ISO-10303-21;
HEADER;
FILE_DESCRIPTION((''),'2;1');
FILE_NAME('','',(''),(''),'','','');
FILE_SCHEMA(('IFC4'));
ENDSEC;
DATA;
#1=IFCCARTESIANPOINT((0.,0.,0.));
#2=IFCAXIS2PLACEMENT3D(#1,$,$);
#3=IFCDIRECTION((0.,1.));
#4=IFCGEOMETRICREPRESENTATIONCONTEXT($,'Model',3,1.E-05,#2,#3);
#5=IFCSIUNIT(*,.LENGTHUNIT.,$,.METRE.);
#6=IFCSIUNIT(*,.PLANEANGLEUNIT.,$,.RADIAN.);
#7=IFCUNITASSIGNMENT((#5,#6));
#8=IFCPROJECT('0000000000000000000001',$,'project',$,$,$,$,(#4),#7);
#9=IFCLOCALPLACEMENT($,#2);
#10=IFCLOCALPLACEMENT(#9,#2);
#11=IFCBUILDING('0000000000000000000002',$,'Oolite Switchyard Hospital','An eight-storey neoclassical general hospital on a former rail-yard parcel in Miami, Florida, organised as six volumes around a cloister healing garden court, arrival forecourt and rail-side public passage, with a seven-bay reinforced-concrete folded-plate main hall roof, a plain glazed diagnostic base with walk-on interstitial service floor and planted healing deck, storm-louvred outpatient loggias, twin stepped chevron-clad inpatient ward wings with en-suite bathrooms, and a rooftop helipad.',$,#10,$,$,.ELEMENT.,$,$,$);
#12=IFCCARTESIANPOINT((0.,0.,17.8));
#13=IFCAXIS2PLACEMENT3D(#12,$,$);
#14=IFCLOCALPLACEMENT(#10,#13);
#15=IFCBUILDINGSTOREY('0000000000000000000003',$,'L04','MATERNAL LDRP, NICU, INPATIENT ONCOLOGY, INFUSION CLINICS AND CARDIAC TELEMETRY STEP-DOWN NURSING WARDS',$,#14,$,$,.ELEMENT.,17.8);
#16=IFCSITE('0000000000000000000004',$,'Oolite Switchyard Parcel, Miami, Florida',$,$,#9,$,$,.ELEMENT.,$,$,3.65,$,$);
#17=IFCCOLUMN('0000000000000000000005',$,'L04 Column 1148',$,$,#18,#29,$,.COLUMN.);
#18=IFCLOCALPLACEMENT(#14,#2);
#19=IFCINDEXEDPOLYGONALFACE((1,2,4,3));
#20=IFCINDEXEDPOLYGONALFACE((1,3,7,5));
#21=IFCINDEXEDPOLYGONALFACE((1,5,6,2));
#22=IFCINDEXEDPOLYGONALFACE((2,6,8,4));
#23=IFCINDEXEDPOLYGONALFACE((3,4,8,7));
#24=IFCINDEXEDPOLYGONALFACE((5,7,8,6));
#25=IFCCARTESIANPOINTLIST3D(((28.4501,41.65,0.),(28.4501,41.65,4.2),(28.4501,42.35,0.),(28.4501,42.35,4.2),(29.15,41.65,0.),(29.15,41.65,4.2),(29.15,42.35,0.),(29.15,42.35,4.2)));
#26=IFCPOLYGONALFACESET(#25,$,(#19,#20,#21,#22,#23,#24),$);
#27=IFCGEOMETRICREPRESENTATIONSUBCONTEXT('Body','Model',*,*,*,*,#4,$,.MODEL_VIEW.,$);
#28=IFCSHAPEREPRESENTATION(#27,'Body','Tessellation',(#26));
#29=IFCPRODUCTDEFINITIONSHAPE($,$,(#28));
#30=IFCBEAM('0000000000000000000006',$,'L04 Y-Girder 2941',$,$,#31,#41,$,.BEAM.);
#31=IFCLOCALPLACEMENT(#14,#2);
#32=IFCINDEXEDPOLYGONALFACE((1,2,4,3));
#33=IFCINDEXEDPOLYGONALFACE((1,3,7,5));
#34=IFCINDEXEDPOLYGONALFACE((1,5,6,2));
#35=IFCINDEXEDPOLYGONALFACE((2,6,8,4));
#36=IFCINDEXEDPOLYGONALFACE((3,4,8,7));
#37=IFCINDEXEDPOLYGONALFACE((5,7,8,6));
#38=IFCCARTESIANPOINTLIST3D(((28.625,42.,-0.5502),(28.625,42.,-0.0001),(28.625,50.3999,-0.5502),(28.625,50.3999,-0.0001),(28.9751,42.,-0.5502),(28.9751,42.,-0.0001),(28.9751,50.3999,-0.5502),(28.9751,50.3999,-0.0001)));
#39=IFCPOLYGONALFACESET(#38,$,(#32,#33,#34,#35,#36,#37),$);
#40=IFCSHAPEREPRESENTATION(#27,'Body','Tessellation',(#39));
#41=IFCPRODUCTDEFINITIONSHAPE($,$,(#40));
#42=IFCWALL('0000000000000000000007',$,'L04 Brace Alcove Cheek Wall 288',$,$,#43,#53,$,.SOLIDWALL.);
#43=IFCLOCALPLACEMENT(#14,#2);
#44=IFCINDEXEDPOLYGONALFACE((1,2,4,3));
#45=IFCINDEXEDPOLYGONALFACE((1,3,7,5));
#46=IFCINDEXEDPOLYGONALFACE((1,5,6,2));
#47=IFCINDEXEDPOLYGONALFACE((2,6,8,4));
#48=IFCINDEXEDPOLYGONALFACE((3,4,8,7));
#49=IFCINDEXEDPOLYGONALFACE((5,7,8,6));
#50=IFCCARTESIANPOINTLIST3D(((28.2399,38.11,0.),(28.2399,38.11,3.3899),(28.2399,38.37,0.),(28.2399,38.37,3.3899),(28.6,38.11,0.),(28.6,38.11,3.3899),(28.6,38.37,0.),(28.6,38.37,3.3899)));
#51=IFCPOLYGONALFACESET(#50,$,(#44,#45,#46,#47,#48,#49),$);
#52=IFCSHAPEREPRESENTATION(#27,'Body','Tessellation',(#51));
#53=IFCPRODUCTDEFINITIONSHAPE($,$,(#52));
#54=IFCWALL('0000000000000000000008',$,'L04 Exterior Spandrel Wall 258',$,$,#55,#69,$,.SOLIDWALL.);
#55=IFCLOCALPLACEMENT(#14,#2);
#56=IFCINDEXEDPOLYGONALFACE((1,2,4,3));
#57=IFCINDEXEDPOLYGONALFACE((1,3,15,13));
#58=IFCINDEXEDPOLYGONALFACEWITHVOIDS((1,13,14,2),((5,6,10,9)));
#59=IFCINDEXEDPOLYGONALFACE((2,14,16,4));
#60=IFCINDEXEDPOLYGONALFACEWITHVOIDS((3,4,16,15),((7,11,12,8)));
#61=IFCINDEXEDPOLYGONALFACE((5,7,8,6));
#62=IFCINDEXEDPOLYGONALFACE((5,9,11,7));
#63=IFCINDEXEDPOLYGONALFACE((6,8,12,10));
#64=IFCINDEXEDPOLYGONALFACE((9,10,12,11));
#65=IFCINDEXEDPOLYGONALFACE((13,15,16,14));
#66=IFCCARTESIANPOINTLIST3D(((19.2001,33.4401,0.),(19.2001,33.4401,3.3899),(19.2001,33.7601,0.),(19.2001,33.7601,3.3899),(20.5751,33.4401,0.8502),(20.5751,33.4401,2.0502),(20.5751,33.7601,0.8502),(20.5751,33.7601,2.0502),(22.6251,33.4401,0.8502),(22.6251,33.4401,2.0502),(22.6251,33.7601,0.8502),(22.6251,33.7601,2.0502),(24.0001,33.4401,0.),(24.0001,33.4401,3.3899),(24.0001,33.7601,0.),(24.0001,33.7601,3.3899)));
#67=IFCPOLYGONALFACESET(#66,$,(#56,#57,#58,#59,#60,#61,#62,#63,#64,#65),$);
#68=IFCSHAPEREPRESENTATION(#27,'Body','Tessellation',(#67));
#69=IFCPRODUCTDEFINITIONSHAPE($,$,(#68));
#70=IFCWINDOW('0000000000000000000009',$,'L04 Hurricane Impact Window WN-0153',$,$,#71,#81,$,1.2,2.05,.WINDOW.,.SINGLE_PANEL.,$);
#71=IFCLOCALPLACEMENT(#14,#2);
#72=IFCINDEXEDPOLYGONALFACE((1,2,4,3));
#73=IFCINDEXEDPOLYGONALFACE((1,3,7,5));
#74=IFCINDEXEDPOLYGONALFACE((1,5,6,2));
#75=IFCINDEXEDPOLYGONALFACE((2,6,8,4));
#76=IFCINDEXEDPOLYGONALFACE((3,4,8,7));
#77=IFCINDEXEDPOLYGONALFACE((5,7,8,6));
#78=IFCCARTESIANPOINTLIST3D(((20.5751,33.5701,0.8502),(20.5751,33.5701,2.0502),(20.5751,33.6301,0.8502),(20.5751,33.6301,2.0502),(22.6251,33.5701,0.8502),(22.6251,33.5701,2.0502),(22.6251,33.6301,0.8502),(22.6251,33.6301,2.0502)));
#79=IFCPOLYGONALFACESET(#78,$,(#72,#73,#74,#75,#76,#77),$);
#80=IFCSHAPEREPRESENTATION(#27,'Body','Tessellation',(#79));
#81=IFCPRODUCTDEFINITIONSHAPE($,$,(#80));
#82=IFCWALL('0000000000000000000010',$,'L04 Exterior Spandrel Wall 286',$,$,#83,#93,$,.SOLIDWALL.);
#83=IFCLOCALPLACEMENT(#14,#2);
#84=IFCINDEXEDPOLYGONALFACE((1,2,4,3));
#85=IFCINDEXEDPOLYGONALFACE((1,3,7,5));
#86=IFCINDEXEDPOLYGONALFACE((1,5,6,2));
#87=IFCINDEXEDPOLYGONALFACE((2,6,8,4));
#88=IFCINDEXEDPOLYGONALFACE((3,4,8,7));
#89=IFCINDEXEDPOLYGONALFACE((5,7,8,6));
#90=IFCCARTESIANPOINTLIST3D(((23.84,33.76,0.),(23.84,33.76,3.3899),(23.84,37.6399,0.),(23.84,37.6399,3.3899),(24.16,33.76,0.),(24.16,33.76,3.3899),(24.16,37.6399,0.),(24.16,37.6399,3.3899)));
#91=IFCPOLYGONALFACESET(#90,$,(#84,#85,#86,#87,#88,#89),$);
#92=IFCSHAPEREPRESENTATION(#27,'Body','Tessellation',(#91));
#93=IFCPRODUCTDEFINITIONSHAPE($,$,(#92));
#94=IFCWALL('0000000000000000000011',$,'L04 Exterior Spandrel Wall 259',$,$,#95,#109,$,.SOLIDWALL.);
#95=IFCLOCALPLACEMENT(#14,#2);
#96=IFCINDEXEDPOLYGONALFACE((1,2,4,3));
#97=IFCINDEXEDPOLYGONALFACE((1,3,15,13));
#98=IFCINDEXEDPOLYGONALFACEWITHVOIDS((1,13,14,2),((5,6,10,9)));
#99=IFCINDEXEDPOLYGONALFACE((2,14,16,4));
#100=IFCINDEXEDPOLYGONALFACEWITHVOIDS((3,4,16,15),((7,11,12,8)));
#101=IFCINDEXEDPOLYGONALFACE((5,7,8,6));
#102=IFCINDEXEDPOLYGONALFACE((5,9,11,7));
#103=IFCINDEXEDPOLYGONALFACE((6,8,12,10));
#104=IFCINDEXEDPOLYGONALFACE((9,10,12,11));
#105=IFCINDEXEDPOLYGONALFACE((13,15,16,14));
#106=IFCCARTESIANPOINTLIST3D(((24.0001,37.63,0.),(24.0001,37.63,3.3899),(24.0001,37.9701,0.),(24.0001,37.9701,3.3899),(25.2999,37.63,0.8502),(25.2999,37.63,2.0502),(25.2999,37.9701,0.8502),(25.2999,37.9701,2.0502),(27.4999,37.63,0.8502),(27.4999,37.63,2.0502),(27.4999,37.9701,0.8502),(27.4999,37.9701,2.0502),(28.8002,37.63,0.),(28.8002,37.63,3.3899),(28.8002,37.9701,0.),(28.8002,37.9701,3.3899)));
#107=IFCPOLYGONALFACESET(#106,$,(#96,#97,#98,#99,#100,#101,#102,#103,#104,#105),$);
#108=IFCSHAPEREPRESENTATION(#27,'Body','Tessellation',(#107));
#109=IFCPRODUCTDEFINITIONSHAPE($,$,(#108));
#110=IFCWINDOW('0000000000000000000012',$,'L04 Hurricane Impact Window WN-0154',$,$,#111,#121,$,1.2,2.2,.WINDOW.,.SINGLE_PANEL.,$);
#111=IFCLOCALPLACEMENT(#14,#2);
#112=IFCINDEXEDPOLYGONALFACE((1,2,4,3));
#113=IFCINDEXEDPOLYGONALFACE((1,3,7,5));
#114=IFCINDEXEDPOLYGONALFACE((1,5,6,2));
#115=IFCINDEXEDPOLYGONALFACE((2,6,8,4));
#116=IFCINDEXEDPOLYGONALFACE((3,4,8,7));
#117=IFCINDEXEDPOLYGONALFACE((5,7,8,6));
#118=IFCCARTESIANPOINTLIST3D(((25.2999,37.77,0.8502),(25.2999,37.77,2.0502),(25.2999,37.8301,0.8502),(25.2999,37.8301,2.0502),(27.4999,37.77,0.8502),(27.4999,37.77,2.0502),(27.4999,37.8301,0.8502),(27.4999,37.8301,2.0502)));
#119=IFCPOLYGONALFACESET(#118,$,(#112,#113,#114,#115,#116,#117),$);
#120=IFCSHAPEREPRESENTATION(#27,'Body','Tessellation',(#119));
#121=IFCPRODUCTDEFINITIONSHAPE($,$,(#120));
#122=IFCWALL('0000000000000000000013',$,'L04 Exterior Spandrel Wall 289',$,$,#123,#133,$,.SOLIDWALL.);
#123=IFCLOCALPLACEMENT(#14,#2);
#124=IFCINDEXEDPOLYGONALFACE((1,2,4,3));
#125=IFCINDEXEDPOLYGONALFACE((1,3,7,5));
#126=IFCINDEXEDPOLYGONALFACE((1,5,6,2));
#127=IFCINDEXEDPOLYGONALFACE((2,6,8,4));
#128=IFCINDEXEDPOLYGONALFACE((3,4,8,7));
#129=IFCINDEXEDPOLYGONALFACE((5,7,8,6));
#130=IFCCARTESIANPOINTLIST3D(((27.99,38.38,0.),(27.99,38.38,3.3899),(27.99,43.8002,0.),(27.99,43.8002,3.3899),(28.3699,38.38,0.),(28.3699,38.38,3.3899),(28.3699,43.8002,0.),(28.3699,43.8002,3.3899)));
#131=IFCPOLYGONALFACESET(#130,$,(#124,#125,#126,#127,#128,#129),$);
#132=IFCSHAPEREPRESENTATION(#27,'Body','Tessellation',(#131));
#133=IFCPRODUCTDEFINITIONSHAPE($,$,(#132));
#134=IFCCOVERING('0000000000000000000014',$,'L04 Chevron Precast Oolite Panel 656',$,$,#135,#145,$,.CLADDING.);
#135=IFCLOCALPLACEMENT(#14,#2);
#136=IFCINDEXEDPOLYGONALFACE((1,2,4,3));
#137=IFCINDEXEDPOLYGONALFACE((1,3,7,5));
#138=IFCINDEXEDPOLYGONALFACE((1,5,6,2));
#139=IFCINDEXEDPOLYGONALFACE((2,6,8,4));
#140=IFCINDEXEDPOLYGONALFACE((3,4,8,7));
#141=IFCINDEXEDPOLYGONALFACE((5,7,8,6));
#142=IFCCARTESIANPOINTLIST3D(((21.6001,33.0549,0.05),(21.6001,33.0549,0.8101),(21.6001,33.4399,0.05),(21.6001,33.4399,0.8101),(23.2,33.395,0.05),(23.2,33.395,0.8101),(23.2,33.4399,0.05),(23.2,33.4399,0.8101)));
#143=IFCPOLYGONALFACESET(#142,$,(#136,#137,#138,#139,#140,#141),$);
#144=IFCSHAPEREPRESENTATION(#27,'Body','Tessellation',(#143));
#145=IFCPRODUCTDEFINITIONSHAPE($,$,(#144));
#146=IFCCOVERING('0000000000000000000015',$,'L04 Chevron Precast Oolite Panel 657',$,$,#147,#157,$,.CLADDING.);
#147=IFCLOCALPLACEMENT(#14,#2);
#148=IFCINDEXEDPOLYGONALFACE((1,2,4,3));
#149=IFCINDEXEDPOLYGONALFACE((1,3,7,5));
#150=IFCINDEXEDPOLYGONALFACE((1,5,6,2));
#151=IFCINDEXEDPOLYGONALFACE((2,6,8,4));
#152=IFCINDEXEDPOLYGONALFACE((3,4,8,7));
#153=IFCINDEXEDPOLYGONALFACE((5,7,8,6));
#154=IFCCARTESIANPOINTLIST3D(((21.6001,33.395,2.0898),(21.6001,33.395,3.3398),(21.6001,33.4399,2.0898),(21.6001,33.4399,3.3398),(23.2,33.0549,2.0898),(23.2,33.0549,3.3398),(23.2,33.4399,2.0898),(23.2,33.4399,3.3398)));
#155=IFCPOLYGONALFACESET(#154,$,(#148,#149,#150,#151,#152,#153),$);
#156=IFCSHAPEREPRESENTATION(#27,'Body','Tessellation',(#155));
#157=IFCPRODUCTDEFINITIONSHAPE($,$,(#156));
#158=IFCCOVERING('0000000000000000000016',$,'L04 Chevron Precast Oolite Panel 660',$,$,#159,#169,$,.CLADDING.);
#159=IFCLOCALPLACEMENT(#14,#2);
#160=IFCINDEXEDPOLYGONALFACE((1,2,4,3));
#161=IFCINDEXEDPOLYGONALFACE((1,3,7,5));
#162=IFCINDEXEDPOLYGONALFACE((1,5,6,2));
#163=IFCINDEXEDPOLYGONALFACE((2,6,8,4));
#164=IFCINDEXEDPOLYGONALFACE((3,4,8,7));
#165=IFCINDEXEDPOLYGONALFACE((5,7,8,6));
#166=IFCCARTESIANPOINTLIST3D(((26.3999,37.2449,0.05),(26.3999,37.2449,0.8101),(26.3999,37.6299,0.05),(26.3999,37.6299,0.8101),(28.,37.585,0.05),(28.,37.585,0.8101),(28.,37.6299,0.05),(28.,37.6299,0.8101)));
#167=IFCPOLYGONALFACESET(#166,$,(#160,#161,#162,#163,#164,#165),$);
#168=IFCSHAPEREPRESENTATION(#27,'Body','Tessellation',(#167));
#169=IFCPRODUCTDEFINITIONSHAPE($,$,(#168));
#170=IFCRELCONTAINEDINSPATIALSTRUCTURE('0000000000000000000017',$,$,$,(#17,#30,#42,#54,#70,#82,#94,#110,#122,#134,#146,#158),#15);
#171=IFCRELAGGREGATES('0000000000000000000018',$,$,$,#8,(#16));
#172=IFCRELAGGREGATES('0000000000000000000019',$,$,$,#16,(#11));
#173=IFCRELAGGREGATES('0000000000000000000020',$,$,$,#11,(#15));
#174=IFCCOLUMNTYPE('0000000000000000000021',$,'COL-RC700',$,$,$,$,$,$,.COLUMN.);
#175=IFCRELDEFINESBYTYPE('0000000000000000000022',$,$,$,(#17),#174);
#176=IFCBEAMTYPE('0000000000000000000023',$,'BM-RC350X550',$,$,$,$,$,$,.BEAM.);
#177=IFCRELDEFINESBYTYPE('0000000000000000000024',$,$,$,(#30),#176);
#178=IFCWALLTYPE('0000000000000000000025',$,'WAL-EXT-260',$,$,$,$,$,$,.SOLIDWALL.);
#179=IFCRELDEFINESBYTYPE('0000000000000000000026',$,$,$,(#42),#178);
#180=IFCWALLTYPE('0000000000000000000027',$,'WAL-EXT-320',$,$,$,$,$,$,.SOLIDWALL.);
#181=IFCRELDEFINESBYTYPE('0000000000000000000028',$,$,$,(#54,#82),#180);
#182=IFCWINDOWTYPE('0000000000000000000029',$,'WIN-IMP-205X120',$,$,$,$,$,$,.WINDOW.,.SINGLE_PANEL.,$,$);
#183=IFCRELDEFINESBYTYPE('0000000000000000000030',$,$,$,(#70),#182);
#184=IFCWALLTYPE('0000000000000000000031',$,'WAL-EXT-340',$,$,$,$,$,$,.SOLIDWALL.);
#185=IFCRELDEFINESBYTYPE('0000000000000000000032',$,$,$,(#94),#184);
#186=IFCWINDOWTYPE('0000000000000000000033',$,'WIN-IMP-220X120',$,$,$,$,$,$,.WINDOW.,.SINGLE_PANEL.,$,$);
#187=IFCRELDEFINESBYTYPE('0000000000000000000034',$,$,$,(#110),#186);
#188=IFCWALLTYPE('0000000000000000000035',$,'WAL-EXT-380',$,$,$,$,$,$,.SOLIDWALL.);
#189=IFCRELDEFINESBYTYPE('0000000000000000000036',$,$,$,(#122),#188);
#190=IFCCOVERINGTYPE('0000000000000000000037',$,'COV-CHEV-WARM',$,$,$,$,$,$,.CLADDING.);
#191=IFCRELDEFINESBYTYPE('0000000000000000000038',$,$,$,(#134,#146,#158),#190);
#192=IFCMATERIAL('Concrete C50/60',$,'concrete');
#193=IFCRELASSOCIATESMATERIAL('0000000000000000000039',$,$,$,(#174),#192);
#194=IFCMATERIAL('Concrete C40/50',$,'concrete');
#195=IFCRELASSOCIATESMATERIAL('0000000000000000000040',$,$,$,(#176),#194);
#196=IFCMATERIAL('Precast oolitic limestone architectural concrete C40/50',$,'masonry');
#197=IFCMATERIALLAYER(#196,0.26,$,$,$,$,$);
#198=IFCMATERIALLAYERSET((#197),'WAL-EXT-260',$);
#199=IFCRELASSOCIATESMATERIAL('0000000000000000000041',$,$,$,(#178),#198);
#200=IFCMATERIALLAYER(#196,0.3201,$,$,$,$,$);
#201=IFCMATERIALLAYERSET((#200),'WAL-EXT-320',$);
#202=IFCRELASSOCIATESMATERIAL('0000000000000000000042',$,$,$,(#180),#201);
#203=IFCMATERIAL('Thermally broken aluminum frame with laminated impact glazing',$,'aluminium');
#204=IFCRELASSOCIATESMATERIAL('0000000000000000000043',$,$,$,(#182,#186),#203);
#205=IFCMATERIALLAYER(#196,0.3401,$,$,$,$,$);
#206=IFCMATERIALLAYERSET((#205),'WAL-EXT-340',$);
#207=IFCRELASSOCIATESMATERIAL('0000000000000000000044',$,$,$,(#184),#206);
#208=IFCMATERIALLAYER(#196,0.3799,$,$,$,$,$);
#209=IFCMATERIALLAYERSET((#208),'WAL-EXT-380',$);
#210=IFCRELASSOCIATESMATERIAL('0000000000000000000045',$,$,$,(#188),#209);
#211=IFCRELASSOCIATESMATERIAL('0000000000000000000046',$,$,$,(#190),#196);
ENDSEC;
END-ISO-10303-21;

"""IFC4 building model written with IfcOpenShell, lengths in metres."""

from ifc_helpers import new_model, si_unit, direction, frame, frame_2d, origin, origin_2d, place, context, subcontext, project, spatial, polyline, rectangle, outline, extrude, material, layer, layer_set, material_profile, profile_set, type_object, element, fill, save


model = new_model("IFC4")

# Units and contexts
model_context = context("Model", 3, precision=1e-05, world=origin(), true_north=direction((0.0, 1.0)))
body_context = subcontext(model_context, "Body", "Model", "MODEL_VIEW")
ifc_project = project(units=[si_unit("LENGTHUNIT", "METRE"), si_unit("PLANEANGLEUNIT", "RADIAN")], contexts=[model_context])

# Site, building, storey
site_placement = place(None, origin())
site = spatial("IfcSite", under=ifc_project, at=site_placement, Name="Oolite Switchyard Parcel, Miami, Florida", CompositionType="ELEMENT", RefElevation=3.65)
building_placement = place(site_placement, origin())
building = spatial("IfcBuilding", under=site, at=building_placement, Name="Oolite Switchyard Hospital", Description="An eight-storey neoclassical general hospital on a former rail-yard parcel in Miami, Florida, organised as six volumes around a cloister healing garden court, arrival forecourt and rail-side public passage, with a seven-bay reinforced-concrete folded-plate main hall roof, a plain glazed diagnostic base with walk-on interstitial service floor and planted healing deck, storm-louvred outpatient loggias, twin stepped chevron-clad inpatient ward wings with en-suite bathrooms, and a rooftop helipad.", CompositionType="ELEMENT")
storey_placement = place(building_placement, frame((0.0, 0.0, 17.8)))
storey = spatial("IfcBuildingStorey", under=building, at=storey_placement, Name="L04", Description="MATERNAL LDRP, NICU, INPATIENT ONCOLOGY, INFUSION CLINICS AND CARDIAC TELEMETRY STEP-DOWN NURSING WARDS", CompositionType="ELEMENT", Elevation=17.8)

# Column
ifc_material_1 = material(Name="Concrete C50/60", Category="concrete")
ifc_material_profile_1 = material_profile(ifc_material_1, rectangle(XDim=0.7, YDim=0.7, at=origin_2d()), Name="RC700X700")
ifc_profile_set_1 = profile_set([ifc_material_profile_1], Name="Concrete C50/60")
column_type = type_object("IfcColumnType", Name="COL-RC700", PredefinedType="COLUMN", material=ifc_profile_set_1)
column_placement = place(storey_placement, frame((28.8, 42.0, 0.0), z_axis=(0.0, 0.0, 1.0), x_axis=(1.0, 0.0, 0.0)))
element("IfcColumn", 1, at=column_placement, inside=storey, type_object=column_type, Name="L04 Column 1148", PredefinedType="COLUMN", context=body_context, shape_type="SweptSolid", body=[
    extrude(rectangle(XDim=0.7, YDim=0.7, at=origin_2d()), origin(), (0.0, 0.0, 1.0), 4.2),
])

# Beam
ifc_material_2 = material(Name="Concrete C40/50", Category="concrete")
ifc_material_profile_2 = material_profile(ifc_material_2, rectangle(XDim=0.3501, YDim=0.55, at=origin_2d()), Name="RCB350X550")
ifc_profile_set_2 = profile_set([ifc_material_profile_2], Name="Concrete C40/50")
beam_type = type_object("IfcBeamType", Name="BM-RC350X550", PredefinedType="BEAM", material=ifc_profile_set_2)
beam_placement = place(storey_placement, frame((28.8, 42.0, -0.2751), z_axis=(0.0, 1.0, 0.0), x_axis=(-1.0, 0.0, 0.0)))
element("IfcBeam", 2, at=beam_placement, inside=storey, type_object=beam_type, Name="L04 Y-Girder 2941", PredefinedType="BEAM", context=body_context, shape_type="SweptSolid", body=[
    extrude(rectangle(XDim=0.3501, YDim=0.55, at=origin_2d()), origin(), (0.0, 0.0, 1.0), 8.3999),
])

# Wall
ifc_material_3 = material(Name="Precast oolitic limestone architectural concrete C40/50", Category="masonry")
ifc_layer_1 = layer(ifc_material_3, 0.26)
ifc_layer_set_1 = layer_set([ifc_layer_1], Name="WAL-EXT-260")
wall_type_1 = type_object("IfcWallType", Name="WAL-EXT-260", PredefinedType="SOLIDWALL", material=ifc_layer_set_1)
wall_1_placement = place(storey_placement, frame((28.6001, 38.24, 0.0), z_axis=(0.0, 0.0, 1.0), x_axis=(-1.0, 0.0, 0.0)))
element("IfcWall", 3, at=wall_1_placement, inside=storey, type_object=wall_type_1, Name="L04 Brace Alcove Cheek Wall 288", PredefinedType="SOLIDWALL", context=body_context, shape_type="SweptSolid", body=[
    extrude(rectangle(XDim=0.3601, YDim=0.26, at=frame_2d((0.1802, 0.0))), origin(), (0.0, 0.0, 1.0), 3.3899),
])

# Wall, opening, window
ifc_layer_2 = layer(ifc_material_3, 0.3201)
ifc_layer_set_2 = layer_set([ifc_layer_2], Name="WAL-EXT-320")
wall_type_2 = type_object("IfcWallType", Name="WAL-EXT-320", PredefinedType="SOLIDWALL", material=ifc_layer_set_2)
wall_2_placement = place(storey_placement, frame((24.0, 33.6001, 0.0), z_axis=(0.0, 0.0, 1.0), x_axis=(-1.0, 0.0, 0.0)))
wall_2 = element("IfcWall", 4, at=wall_2_placement, inside=storey, type_object=wall_type_2, Name="L04 Exterior Spandrel Wall 258", PredefinedType="SOLIDWALL", context=body_context, shape_type="SweptSolid", body=[
    extrude(rectangle(XDim=4.8, YDim=0.3201, at=frame_2d((2.3999, 0.0))), origin(), (0.0, 0.0, 1.0), 3.3899),
])
opening_1_placement = place(wall_2_placement, frame((1.375, 0.0, 0.8501)))
opening_1 = element("IfcOpeningElement", 5, at=opening_1_placement, cuts=wall_2, PredefinedType="OPENING", context=body_context, shape_type="SweptSolid", body=[
    extrude(rectangle(XDim=2.05, YDim=1.2, at=frame_2d((1.0249, 0.6001))), frame((0.0, 0.1699, 0.0), z_axis=(0.0, -1.0, 0.0), x_axis=(1.0, 0.0, 0.0)), (0.0, 0.0, 1.0), 0.3401),
])
ifc_material_4 = material(Name="Thermally broken aluminum frame with laminated impact glazing", Category="aluminium")
window_type_1 = type_object("IfcWindowType", Name="WIN-IMP-205X120", PartitioningType="SINGLE_PANEL", PredefinedType="WINDOW", material=ifc_material_4)
window_1_placement = place(opening_1_placement, origin())
window_1 = element("IfcWindow", 6, at=window_1_placement, inside=storey, type_object=window_type_1, Name="L04 Hurricane Impact Window WN-0153", OverallHeight=1.2, OverallWidth=2.05, PartitioningType="SINGLE_PANEL", PredefinedType="WINDOW", context=body_context, shape_type="SweptSolid", body=[
    extrude(rectangle(XDim=2.05, YDim=1.2, at=frame_2d((1.0249, 0.6001))), frame((0.0, 0.03, 0.0), z_axis=(0.0, -1.0, 0.0), x_axis=(1.0, 0.0, 0.0)), (0.0, 0.0, 1.0), 0.0601),
])
fill(opening_1, window_1)

# Wall
wall_3_placement = place(storey_placement, frame((24.0, 37.6399, 0.0), z_axis=(0.0, 0.0, 1.0), x_axis=(0.0, -1.0, 0.0)))
element("IfcWall", 7, at=wall_3_placement, inside=storey, type_object=wall_type_2, Name="L04 Exterior Spandrel Wall 286", PredefinedType="SOLIDWALL", context=body_context, shape_type="SweptSolid", body=[
    extrude(rectangle(XDim=3.8799, YDim=0.3201, at=frame_2d((1.9399, 0.0))), origin(), (0.0, 0.0, 1.0), 3.3899),
])

# Wall, opening, window
ifc_layer_3 = layer(ifc_material_3, 0.3401)
ifc_layer_set_3 = layer_set([ifc_layer_3], Name="WAL-EXT-340")
wall_type_3 = type_object("IfcWallType", Name="WAL-EXT-340", PredefinedType="SOLIDWALL", material=ifc_layer_set_3)
wall_4_placement = place(storey_placement, frame((28.8, 37.8, 0.0), z_axis=(0.0, 0.0, 1.0), x_axis=(-1.0, 0.0, 0.0)))
wall_4 = element("IfcWall", 8, at=wall_4_placement, inside=storey, type_object=wall_type_3, Name="L04 Exterior Spandrel Wall 259", PredefinedType="SOLIDWALL", context=body_context, shape_type="SweptSolid", body=[
    extrude(rectangle(XDim=4.8, YDim=0.3401, at=frame_2d((2.3999, 0.0))), origin(), (0.0, 0.0, 1.0), 3.3899),
])
opening_2_placement = place(wall_4_placement, frame((1.3, 0.0, 0.8501)))
opening_2 = element("IfcOpeningElement", 9, at=opening_2_placement, cuts=wall_4, PredefinedType="OPENING", context=body_context, shape_type="SweptSolid", body=[
    extrude(rectangle(XDim=2.2, YDim=1.2, at=frame_2d((1.1001, 0.6001))), frame((0.0, 0.1802, 0.0), z_axis=(0.0, -1.0, 0.0), x_axis=(1.0, 0.0, 0.0)), (0.0, 0.0, 1.0), 0.3601),
])
window_type_2 = type_object("IfcWindowType", Name="WIN-IMP-220X120", PartitioningType="SINGLE_PANEL", PredefinedType="WINDOW", material=ifc_material_4)
window_2_placement = place(opening_2_placement, origin())
window_2 = element("IfcWindow", 10, at=window_2_placement, inside=storey, type_object=window_type_2, Name="L04 Hurricane Impact Window WN-0154", OverallHeight=1.2, OverallWidth=2.2, PartitioningType="SINGLE_PANEL", PredefinedType="WINDOW", context=body_context, shape_type="SweptSolid", body=[
    extrude(rectangle(XDim=2.2, YDim=1.2, at=frame_2d((1.1001, 0.6001))), frame((0.0, 0.03, 0.0), z_axis=(0.0, -1.0, 0.0), x_axis=(1.0, 0.0, 0.0)), (0.0, 0.0, 1.0), 0.0601),
])
fill(opening_2, window_2)

# Wall
ifc_layer_4 = layer(ifc_material_3, 0.3799)
ifc_layer_set_4 = layer_set([ifc_layer_4], Name="WAL-EXT-380")
wall_type_4 = type_object("IfcWallType", Name="WAL-EXT-380", PredefinedType="SOLIDWALL", material=ifc_layer_set_4)
wall_5_placement = place(storey_placement, frame((28.1799, 43.8, 0.0), z_axis=(0.0, 0.0, 1.0), x_axis=(0.0, -1.0, 0.0)))
element("IfcWall", 11, at=wall_5_placement, inside=storey, type_object=wall_type_4, Name="L04 Exterior Spandrel Wall 289", PredefinedType="SOLIDWALL", context=body_context, shape_type="SweptSolid", body=[
    extrude(rectangle(XDim=5.4202, YDim=0.3799, at=frame_2d((2.71, 0.0))), origin(), (0.0, 0.0, 1.0), 3.3899),
])

# Coverings
covering_type = type_object("IfcCoveringType", Name="COV-CHEV-WARM", PredefinedType="CLADDING", material=ifc_material_3)
covering_1_placement = place(storey_placement, frame((23.2, 33.4399, 0.05), z_axis=(0.0, 0.0, 1.0), x_axis=(-1.0, 0.0, 0.0)))
element("IfcCovering", 12, at=covering_1_placement, inside=storey, type_object=covering_type, Name="L04 Chevron Precast Oolite Panel 656", PredefinedType="CLADDING", context=body_context, shape_type="SweptSolid", body=[
    extrude(outline(polyline([(0.0, 0.0), (1.5999, 0.0), (1.5999, 0.385), (0.0, 0.0449), (0.0, 0.0)])), origin(), (0.0, 0.0, 1.0), 0.76),
])
covering_2_placement = place(storey_placement, frame((23.2, 33.4399, 2.0898), z_axis=(0.0, 0.0, 1.0), x_axis=(-1.0, 0.0, 0.0)))
element("IfcCovering", 13, at=covering_2_placement, inside=storey, type_object=covering_type, Name="L04 Chevron Precast Oolite Panel 657", PredefinedType="CLADDING", context=body_context, shape_type="SweptSolid", body=[
    extrude(outline(polyline([(0.0, 0.0), (1.5999, 0.0), (1.5999, 0.0449), (0.0, 0.385), (0.0, 0.0)])), origin(), (0.0, 0.0, 1.0), 1.25),
])
covering_3_placement = place(storey_placement, frame((28.0, 37.6299, 0.05), z_axis=(0.0, 0.0, 1.0), x_axis=(-1.0, 0.0, 0.0)))
element("IfcCovering", 14, at=covering_3_placement, inside=storey, type_object=covering_type, Name="L04 Chevron Precast Oolite Panel 660", PredefinedType="CLADDING", context=body_context, shape_type="SweptSolid", body=[
    extrude(outline(polyline([(0.0, 0.0), (1.6001, 0.0), (1.6001, 0.385), (0.0, 0.0449), (0.0, 0.0)])), origin(), (0.0, 0.0, 1.0), 0.76),
])

save(model, "model.ifc")
